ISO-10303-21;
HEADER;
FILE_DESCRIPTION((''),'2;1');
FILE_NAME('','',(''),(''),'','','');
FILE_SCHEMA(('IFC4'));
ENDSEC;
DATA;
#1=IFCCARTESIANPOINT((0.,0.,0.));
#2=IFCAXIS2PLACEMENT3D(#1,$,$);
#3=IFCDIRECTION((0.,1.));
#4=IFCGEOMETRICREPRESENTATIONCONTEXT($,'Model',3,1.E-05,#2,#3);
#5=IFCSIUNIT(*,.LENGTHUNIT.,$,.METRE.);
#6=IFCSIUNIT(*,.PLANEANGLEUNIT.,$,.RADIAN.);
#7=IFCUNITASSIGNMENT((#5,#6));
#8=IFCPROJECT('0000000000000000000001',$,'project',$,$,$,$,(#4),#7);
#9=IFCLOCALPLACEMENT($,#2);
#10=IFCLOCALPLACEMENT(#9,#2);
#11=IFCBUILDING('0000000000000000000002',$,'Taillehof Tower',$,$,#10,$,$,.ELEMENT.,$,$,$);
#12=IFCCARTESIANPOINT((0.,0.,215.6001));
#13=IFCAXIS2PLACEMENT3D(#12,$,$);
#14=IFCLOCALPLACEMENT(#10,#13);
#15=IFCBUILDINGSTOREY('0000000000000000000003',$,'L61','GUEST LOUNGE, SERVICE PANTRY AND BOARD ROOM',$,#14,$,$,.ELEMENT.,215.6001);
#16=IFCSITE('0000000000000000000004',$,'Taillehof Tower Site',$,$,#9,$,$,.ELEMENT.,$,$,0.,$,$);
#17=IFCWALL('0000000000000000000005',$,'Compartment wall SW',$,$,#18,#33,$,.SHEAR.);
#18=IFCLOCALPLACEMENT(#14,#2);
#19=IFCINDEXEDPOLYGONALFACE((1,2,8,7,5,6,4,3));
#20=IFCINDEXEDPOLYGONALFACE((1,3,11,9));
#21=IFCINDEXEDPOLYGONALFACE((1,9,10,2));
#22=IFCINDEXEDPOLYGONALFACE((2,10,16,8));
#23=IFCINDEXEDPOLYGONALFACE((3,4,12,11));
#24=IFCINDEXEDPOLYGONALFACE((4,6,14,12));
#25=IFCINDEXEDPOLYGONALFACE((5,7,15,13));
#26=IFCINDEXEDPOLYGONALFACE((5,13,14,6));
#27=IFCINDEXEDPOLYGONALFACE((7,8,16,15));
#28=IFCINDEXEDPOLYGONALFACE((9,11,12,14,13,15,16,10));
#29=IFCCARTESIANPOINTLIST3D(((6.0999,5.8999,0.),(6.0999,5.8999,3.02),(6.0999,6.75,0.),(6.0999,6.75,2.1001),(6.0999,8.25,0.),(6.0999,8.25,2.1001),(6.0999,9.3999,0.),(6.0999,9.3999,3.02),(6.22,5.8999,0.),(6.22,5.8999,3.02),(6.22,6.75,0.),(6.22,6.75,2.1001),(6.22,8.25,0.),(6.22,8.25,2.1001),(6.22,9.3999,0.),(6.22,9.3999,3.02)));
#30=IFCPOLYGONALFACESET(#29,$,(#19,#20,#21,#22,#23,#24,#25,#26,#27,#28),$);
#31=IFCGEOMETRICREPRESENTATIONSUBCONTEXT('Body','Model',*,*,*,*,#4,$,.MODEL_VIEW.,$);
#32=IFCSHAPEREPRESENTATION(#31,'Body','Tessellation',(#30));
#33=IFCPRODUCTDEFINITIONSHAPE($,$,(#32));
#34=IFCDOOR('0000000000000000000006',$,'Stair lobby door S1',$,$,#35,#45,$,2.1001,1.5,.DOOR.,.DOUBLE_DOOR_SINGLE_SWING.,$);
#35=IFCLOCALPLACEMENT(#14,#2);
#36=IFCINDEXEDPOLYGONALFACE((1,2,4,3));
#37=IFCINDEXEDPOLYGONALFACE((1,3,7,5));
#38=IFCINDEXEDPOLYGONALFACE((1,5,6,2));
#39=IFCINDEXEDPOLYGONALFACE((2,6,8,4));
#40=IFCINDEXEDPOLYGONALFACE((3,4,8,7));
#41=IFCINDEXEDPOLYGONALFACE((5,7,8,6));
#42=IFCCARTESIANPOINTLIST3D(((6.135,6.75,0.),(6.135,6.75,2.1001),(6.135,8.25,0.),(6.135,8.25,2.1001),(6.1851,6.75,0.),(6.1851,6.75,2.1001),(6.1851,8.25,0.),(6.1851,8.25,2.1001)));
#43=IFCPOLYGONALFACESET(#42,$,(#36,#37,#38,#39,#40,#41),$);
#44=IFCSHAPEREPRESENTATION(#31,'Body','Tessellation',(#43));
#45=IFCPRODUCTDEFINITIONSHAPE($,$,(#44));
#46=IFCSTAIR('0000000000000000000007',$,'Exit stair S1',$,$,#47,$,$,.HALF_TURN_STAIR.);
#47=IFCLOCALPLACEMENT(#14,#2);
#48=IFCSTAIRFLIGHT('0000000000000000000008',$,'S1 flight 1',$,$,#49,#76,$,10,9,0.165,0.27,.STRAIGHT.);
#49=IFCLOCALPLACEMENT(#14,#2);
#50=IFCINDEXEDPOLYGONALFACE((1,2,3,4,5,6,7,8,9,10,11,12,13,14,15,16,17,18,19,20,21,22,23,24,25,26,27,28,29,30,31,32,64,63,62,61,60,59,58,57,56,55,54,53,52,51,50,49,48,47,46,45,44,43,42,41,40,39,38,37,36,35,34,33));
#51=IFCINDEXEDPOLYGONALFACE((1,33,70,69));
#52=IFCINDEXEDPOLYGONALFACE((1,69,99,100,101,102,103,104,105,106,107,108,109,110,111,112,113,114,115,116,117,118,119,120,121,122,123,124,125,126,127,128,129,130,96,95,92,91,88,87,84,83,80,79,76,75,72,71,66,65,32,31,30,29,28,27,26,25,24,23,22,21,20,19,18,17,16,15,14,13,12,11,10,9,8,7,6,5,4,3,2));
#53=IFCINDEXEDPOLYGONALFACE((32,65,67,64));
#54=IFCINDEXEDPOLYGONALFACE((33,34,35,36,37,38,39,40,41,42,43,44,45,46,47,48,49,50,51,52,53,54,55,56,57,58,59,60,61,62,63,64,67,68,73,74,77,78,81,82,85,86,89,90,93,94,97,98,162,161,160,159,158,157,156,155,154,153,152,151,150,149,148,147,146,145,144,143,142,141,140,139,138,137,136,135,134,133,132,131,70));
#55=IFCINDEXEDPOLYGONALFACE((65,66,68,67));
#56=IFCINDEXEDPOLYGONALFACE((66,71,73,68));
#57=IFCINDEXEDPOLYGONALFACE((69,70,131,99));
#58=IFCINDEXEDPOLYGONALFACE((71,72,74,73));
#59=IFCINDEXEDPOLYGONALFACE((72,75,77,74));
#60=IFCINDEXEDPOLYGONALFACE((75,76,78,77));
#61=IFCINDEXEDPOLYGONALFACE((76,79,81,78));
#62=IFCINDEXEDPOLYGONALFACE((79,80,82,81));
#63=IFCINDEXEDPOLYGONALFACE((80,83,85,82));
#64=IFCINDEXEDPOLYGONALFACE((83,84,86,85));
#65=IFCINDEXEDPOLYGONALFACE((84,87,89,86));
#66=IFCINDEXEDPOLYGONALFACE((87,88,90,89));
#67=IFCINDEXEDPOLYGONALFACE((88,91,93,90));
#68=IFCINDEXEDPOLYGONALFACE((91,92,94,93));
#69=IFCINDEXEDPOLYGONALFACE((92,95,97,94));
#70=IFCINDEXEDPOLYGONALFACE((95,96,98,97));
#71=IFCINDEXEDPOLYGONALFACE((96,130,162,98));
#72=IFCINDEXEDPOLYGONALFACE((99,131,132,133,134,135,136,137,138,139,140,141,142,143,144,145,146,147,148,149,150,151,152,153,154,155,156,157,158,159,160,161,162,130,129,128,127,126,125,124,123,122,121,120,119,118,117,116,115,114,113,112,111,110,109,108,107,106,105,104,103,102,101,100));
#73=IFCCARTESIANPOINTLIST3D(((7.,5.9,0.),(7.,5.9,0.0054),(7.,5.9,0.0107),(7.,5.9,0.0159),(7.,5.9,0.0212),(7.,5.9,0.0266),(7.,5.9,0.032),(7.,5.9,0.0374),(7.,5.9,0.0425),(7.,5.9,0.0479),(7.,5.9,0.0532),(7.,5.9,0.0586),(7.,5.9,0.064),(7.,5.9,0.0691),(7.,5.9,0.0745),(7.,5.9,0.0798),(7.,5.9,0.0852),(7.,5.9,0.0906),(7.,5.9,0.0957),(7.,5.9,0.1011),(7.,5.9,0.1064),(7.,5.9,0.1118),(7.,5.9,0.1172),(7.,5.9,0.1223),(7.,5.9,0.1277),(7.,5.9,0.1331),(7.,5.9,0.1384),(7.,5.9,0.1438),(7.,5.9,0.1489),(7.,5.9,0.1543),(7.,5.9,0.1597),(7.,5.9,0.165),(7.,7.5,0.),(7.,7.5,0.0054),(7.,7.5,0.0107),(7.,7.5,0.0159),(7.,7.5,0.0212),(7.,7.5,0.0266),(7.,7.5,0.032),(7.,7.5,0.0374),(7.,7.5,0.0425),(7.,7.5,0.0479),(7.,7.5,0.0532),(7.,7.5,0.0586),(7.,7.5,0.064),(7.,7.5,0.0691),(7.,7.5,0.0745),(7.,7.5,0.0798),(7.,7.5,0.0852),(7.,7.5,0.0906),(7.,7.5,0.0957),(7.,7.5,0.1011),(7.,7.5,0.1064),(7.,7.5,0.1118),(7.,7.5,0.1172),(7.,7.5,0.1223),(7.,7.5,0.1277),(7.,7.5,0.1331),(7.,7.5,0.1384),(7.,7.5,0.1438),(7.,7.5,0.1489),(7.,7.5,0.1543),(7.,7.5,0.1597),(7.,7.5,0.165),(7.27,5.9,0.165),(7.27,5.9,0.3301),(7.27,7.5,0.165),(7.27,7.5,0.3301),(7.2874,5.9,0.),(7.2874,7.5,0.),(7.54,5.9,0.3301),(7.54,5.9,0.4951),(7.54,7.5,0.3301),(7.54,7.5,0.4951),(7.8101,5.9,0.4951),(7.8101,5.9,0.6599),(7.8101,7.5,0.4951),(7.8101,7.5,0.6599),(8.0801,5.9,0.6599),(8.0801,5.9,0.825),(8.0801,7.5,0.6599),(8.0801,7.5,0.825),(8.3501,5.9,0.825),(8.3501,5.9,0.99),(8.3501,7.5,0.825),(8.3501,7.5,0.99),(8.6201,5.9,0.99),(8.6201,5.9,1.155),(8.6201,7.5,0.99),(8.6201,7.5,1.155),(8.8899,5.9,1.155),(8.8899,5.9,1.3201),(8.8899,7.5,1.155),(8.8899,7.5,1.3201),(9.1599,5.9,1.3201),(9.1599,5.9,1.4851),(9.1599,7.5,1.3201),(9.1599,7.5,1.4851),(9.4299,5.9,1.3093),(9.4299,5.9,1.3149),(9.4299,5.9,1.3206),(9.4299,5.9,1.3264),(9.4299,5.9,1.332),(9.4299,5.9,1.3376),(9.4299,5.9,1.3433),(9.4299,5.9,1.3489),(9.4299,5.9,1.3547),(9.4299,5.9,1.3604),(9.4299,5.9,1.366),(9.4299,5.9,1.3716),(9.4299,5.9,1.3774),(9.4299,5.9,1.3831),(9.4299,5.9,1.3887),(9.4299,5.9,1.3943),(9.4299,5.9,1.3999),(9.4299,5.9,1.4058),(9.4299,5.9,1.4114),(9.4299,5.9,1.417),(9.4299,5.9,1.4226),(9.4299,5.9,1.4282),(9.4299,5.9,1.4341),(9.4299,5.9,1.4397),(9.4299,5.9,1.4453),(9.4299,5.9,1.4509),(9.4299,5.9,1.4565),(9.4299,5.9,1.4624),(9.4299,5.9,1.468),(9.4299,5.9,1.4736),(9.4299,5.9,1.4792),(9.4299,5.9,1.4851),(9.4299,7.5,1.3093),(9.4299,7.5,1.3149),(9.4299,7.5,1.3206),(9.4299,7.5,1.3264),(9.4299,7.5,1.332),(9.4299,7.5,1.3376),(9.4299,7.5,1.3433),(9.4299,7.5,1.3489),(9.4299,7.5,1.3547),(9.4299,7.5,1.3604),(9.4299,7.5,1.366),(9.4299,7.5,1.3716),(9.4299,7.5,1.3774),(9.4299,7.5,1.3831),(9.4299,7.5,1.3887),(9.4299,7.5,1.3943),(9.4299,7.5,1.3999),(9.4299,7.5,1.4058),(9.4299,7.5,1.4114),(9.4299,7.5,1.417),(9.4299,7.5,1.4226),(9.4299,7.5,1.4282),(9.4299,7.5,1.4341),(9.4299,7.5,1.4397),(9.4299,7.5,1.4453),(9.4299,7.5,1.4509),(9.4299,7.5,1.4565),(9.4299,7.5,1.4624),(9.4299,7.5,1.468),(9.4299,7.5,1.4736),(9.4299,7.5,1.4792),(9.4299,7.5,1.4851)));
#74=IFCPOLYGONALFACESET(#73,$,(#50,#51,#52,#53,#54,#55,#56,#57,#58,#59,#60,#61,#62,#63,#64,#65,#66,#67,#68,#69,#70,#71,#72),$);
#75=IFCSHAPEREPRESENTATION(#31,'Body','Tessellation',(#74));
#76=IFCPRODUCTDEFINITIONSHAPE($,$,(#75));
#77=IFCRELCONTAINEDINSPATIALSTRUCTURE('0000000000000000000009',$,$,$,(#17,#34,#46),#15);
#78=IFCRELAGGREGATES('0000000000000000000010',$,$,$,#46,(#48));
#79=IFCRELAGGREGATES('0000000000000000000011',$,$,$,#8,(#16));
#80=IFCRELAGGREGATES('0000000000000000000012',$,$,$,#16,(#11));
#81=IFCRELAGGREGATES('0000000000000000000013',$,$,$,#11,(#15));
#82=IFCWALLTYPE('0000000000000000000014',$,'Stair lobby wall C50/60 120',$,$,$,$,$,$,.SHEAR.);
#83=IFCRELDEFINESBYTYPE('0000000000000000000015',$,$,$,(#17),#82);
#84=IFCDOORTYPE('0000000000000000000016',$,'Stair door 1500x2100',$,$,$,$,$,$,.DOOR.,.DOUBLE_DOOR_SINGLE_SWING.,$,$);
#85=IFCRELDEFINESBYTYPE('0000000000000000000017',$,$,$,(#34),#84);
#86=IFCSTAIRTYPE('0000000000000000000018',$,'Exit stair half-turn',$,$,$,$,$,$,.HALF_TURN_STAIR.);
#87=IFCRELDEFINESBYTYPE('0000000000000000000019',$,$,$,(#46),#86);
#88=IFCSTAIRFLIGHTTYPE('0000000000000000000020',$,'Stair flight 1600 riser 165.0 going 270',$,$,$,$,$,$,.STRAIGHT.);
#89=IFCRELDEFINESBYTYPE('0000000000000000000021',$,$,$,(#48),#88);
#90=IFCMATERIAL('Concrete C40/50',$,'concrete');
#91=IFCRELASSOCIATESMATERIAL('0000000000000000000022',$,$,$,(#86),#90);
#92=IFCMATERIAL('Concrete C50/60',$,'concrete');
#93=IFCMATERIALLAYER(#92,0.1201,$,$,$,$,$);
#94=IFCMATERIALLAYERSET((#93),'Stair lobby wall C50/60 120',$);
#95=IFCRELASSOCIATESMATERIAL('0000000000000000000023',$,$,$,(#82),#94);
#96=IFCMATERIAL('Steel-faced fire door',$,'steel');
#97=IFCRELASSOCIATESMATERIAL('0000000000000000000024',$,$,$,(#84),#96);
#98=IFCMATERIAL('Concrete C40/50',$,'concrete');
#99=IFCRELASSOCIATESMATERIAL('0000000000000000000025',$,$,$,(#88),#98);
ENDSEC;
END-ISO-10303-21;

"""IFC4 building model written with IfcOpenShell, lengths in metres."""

from ifc_helpers import new_model, si_unit, direction, frame, frame_2d, origin, place, context, subcontext, project, spatial, polyline, rectangle, outline, extrude, material, layer, layer_set, type_object, element, fill, aggregate, save


model = new_model("IFC4")

# Units and contexts
model_context = context("Model", 3, precision=1e-05, world=origin(), true_north=direction((0.0, 1.0)))
body_context = subcontext(model_context, "Body", "Model", "MODEL_VIEW")
ifc_project = project(units=[si_unit("LENGTHUNIT", "METRE"), si_unit("PLANEANGLEUNIT", "RADIAN")], contexts=[model_context])

# Site, building, storey
site_placement = place(None, origin())
site = spatial("IfcSite", under=ifc_project, at=site_placement, Name="Taillehof Tower Site", CompositionType="ELEMENT", RefElevation=0.0)
building_placement = place(site_placement, origin())
building = spatial("IfcBuilding", under=site, at=building_placement, Name="Taillehof Tower", CompositionType="ELEMENT")
storey_placement = place(building_placement, frame((0.0, 0.0, 215.6001)))
storey = spatial("IfcBuildingStorey", under=building, at=storey_placement, Name="L61", Description="GUEST LOUNGE, SERVICE PANTRY AND BOARD ROOM", CompositionType="ELEMENT", Elevation=215.6001)

# Shared definitions
ifc_material_1 = material(Name="Concrete C40/50", Category="concrete")
stair_type = type_object("IfcStairType", Name="Exit stair half-turn", PredefinedType="HALF_TURN_STAIR", material=ifc_material_1)

# Wall, opening, door
ifc_material_2 = material(Name="Concrete C50/60", Category="concrete")
ifc_layer_1 = layer(ifc_material_2, 0.1201)
ifc_layer_set_1 = layer_set([ifc_layer_1], Name="Stair lobby wall C50/60 120")
wall_type_1 = type_object("IfcWallType", Name="Stair lobby wall C50/60 120", PredefinedType="SHEAR", material=ifc_layer_set_1)
wall_1_placement = place(storey_placement, frame((6.1599, 5.8999, 0.0), z_axis=(0.0, 0.0, 1.0), x_axis=(0.0, 1.0, 0.0)))
wall_1 = element("IfcWall", 1, at=wall_1_placement, inside=storey, type_object=wall_type_1, Name="Compartment wall SW", PredefinedType="SHEAR", context=body_context, shape_type="SweptSolid", body=[
    extrude(rectangle(XDim=3.5, YDim=0.1201, at=frame_2d((1.75, 0.0))), origin(), (0.0, 0.0, 1.0), 3.02),
])
opening_1_placement = place(wall_1_placement, frame((0.8501, 0.0, 0.0)))
opening_1 = element("IfcOpeningElement", 2, at=opening_1_placement, cuts=wall_1, PredefinedType="OPENING", context=body_context, shape_type="SweptSolid", body=[
    extrude(rectangle(XDim=1.5, YDim=2.1001, at=frame_2d((0.75, 1.05))), frame((0.0, 0.0701, 0.0), z_axis=(0.0, -1.0, 0.0), x_axis=(1.0, 0.0, 0.0)), (0.0, 0.0, 1.0), 0.1401),
])
ifc_material_3 = material(Name="Steel-faced fire door", Category="steel")
door_type_1 = type_object("IfcDoorType", Name="Stair door 1500x2100", OperationType="DOUBLE_DOOR_SINGLE_SWING", PredefinedType="DOOR", material=ifc_material_3)
door_1_placement = place(opening_1_placement, origin())
door_1 = element("IfcDoor", 3, at=door_1_placement, inside=storey, type_object=door_type_1, Name="Stair lobby door S1", OperationType="DOUBLE_DOOR_SINGLE_SWING", OverallHeight=2.1001, OverallWidth=1.5, PredefinedType="DOOR", context=body_context, shape_type="SweptSolid", body=[
    extrude(rectangle(XDim=1.5, YDim=2.1001, at=frame_2d((0.75, 1.05))), frame((0.0, 0.0249, 0.0), z_axis=(0.0, -1.0, 0.0), x_axis=(1.0, 0.0, 0.0)), (0.0, 0.0, 1.0), 0.05),
])
fill(opening_1, door_1)

# Stair, stair flight
stair_1_placement = place(storey_placement, origin())
stair_1 = element("IfcStair", 4, at=stair_1_placement, inside=storey, type_object=stair_type, Name="Exit stair S1", PredefinedType="HALF_TURN_STAIR")
ifc_material_4 = material(Name="Concrete C40/50", Category="concrete")
stair_flight_type = type_object("IfcStairFlightType", Name="Stair flight 1600 riser 165.0 going 270", PredefinedType="STRAIGHT", material=ifc_material_4)
stair_flight_placement = place(storey_placement, frame((7.0, 6.7, 0.0), z_axis=(0.0, 0.0, 1.0), x_axis=(1.0, 0.0, 0.0)))
stair_flight = element("IfcStairFlight", 5, at=stair_flight_placement, type_object=stair_flight_type, Name="S1 flight 1", NumberOfRisers=10, NumberOfTreads=9, PredefinedType="STRAIGHT", RiserHeight=0.165, TreadLength=0.27, context=body_context, shape_type="SweptSolid", body=[
    extrude(outline(polyline([(0.0, 0.0), (0.0, 0.0054), (0.0, 0.0107), (0.0, 0.0159), (0.0, 0.0212), (0.0, 0.0266), (0.0, 0.032), (0.0, 0.0374), (0.0, 0.0425), (0.0, 0.0479), (0.0, 0.0532), (0.0, 0.0586), (0.0, 0.064), (0.0, 0.0691), (0.0, 0.0745), (0.0, 0.0798), (0.0, 0.0852), (0.0, 0.0906), (0.0, 0.0957), (0.0, 0.1011), (0.0, 0.1064), (0.0, 0.1118), (0.0, 0.1172), (0.0, 0.1223), (0.0, 0.1277), (0.0, 0.1331), (0.0, 0.1384), (0.0, 0.1438), (0.0, 0.1489), (0.0, 0.1543), (0.0, 0.1597), (0.0, 0.165), (0.27, 0.165), (0.27, 0.3301), (0.54, 0.3301), (0.54, 0.4951), (0.8101, 0.4951), (0.8101, 0.6599), (1.0801, 0.6599), (1.0801, 0.825), (1.3501, 0.825), (1.3501, 0.99), (1.6201, 0.99), (1.6201, 1.155), (1.8899, 1.155), (1.8899, 1.3201), (2.1599, 1.3201), (2.1599, 1.4851), (2.4299, 1.4851), (2.4299, 1.4792), (2.4299, 1.4736), (2.4299, 1.468), (2.4299, 1.4624), (2.4299, 1.4565), (2.4299, 1.4509), (2.4299, 1.4453), (2.4299, 1.4397), (2.4299, 1.4341), (2.4299, 1.4282), (2.4299, 1.4226), (2.4299, 1.417), (2.4299, 1.4114), (2.4299, 1.4058), (2.4299, 1.3999), (2.4299, 1.3943), (2.4299, 1.3887), (2.4299, 1.3831), (2.4299, 1.3774), (2.4299, 1.3716), (2.4299, 1.366), (2.4299, 1.3604), (2.4299, 1.3547), (2.4299, 1.3489), (2.4299, 1.3433), (2.4299, 1.3376), (2.4299, 1.332), (2.4299, 1.3264), (2.4299, 1.3206), (2.4299, 1.3149), (2.4299, 1.3093), (0.2874, 0.0), (0.0, 0.0)])), frame((0.0, 0.8, 0.0), z_axis=(0.0, -1.0, 0.0), x_axis=(1.0, 0.0, 0.0)), (0.0, 0.0, 1.0), 1.6),
])
aggregate(stair_1, [stair_flight])

save(model, "model.ifc")
